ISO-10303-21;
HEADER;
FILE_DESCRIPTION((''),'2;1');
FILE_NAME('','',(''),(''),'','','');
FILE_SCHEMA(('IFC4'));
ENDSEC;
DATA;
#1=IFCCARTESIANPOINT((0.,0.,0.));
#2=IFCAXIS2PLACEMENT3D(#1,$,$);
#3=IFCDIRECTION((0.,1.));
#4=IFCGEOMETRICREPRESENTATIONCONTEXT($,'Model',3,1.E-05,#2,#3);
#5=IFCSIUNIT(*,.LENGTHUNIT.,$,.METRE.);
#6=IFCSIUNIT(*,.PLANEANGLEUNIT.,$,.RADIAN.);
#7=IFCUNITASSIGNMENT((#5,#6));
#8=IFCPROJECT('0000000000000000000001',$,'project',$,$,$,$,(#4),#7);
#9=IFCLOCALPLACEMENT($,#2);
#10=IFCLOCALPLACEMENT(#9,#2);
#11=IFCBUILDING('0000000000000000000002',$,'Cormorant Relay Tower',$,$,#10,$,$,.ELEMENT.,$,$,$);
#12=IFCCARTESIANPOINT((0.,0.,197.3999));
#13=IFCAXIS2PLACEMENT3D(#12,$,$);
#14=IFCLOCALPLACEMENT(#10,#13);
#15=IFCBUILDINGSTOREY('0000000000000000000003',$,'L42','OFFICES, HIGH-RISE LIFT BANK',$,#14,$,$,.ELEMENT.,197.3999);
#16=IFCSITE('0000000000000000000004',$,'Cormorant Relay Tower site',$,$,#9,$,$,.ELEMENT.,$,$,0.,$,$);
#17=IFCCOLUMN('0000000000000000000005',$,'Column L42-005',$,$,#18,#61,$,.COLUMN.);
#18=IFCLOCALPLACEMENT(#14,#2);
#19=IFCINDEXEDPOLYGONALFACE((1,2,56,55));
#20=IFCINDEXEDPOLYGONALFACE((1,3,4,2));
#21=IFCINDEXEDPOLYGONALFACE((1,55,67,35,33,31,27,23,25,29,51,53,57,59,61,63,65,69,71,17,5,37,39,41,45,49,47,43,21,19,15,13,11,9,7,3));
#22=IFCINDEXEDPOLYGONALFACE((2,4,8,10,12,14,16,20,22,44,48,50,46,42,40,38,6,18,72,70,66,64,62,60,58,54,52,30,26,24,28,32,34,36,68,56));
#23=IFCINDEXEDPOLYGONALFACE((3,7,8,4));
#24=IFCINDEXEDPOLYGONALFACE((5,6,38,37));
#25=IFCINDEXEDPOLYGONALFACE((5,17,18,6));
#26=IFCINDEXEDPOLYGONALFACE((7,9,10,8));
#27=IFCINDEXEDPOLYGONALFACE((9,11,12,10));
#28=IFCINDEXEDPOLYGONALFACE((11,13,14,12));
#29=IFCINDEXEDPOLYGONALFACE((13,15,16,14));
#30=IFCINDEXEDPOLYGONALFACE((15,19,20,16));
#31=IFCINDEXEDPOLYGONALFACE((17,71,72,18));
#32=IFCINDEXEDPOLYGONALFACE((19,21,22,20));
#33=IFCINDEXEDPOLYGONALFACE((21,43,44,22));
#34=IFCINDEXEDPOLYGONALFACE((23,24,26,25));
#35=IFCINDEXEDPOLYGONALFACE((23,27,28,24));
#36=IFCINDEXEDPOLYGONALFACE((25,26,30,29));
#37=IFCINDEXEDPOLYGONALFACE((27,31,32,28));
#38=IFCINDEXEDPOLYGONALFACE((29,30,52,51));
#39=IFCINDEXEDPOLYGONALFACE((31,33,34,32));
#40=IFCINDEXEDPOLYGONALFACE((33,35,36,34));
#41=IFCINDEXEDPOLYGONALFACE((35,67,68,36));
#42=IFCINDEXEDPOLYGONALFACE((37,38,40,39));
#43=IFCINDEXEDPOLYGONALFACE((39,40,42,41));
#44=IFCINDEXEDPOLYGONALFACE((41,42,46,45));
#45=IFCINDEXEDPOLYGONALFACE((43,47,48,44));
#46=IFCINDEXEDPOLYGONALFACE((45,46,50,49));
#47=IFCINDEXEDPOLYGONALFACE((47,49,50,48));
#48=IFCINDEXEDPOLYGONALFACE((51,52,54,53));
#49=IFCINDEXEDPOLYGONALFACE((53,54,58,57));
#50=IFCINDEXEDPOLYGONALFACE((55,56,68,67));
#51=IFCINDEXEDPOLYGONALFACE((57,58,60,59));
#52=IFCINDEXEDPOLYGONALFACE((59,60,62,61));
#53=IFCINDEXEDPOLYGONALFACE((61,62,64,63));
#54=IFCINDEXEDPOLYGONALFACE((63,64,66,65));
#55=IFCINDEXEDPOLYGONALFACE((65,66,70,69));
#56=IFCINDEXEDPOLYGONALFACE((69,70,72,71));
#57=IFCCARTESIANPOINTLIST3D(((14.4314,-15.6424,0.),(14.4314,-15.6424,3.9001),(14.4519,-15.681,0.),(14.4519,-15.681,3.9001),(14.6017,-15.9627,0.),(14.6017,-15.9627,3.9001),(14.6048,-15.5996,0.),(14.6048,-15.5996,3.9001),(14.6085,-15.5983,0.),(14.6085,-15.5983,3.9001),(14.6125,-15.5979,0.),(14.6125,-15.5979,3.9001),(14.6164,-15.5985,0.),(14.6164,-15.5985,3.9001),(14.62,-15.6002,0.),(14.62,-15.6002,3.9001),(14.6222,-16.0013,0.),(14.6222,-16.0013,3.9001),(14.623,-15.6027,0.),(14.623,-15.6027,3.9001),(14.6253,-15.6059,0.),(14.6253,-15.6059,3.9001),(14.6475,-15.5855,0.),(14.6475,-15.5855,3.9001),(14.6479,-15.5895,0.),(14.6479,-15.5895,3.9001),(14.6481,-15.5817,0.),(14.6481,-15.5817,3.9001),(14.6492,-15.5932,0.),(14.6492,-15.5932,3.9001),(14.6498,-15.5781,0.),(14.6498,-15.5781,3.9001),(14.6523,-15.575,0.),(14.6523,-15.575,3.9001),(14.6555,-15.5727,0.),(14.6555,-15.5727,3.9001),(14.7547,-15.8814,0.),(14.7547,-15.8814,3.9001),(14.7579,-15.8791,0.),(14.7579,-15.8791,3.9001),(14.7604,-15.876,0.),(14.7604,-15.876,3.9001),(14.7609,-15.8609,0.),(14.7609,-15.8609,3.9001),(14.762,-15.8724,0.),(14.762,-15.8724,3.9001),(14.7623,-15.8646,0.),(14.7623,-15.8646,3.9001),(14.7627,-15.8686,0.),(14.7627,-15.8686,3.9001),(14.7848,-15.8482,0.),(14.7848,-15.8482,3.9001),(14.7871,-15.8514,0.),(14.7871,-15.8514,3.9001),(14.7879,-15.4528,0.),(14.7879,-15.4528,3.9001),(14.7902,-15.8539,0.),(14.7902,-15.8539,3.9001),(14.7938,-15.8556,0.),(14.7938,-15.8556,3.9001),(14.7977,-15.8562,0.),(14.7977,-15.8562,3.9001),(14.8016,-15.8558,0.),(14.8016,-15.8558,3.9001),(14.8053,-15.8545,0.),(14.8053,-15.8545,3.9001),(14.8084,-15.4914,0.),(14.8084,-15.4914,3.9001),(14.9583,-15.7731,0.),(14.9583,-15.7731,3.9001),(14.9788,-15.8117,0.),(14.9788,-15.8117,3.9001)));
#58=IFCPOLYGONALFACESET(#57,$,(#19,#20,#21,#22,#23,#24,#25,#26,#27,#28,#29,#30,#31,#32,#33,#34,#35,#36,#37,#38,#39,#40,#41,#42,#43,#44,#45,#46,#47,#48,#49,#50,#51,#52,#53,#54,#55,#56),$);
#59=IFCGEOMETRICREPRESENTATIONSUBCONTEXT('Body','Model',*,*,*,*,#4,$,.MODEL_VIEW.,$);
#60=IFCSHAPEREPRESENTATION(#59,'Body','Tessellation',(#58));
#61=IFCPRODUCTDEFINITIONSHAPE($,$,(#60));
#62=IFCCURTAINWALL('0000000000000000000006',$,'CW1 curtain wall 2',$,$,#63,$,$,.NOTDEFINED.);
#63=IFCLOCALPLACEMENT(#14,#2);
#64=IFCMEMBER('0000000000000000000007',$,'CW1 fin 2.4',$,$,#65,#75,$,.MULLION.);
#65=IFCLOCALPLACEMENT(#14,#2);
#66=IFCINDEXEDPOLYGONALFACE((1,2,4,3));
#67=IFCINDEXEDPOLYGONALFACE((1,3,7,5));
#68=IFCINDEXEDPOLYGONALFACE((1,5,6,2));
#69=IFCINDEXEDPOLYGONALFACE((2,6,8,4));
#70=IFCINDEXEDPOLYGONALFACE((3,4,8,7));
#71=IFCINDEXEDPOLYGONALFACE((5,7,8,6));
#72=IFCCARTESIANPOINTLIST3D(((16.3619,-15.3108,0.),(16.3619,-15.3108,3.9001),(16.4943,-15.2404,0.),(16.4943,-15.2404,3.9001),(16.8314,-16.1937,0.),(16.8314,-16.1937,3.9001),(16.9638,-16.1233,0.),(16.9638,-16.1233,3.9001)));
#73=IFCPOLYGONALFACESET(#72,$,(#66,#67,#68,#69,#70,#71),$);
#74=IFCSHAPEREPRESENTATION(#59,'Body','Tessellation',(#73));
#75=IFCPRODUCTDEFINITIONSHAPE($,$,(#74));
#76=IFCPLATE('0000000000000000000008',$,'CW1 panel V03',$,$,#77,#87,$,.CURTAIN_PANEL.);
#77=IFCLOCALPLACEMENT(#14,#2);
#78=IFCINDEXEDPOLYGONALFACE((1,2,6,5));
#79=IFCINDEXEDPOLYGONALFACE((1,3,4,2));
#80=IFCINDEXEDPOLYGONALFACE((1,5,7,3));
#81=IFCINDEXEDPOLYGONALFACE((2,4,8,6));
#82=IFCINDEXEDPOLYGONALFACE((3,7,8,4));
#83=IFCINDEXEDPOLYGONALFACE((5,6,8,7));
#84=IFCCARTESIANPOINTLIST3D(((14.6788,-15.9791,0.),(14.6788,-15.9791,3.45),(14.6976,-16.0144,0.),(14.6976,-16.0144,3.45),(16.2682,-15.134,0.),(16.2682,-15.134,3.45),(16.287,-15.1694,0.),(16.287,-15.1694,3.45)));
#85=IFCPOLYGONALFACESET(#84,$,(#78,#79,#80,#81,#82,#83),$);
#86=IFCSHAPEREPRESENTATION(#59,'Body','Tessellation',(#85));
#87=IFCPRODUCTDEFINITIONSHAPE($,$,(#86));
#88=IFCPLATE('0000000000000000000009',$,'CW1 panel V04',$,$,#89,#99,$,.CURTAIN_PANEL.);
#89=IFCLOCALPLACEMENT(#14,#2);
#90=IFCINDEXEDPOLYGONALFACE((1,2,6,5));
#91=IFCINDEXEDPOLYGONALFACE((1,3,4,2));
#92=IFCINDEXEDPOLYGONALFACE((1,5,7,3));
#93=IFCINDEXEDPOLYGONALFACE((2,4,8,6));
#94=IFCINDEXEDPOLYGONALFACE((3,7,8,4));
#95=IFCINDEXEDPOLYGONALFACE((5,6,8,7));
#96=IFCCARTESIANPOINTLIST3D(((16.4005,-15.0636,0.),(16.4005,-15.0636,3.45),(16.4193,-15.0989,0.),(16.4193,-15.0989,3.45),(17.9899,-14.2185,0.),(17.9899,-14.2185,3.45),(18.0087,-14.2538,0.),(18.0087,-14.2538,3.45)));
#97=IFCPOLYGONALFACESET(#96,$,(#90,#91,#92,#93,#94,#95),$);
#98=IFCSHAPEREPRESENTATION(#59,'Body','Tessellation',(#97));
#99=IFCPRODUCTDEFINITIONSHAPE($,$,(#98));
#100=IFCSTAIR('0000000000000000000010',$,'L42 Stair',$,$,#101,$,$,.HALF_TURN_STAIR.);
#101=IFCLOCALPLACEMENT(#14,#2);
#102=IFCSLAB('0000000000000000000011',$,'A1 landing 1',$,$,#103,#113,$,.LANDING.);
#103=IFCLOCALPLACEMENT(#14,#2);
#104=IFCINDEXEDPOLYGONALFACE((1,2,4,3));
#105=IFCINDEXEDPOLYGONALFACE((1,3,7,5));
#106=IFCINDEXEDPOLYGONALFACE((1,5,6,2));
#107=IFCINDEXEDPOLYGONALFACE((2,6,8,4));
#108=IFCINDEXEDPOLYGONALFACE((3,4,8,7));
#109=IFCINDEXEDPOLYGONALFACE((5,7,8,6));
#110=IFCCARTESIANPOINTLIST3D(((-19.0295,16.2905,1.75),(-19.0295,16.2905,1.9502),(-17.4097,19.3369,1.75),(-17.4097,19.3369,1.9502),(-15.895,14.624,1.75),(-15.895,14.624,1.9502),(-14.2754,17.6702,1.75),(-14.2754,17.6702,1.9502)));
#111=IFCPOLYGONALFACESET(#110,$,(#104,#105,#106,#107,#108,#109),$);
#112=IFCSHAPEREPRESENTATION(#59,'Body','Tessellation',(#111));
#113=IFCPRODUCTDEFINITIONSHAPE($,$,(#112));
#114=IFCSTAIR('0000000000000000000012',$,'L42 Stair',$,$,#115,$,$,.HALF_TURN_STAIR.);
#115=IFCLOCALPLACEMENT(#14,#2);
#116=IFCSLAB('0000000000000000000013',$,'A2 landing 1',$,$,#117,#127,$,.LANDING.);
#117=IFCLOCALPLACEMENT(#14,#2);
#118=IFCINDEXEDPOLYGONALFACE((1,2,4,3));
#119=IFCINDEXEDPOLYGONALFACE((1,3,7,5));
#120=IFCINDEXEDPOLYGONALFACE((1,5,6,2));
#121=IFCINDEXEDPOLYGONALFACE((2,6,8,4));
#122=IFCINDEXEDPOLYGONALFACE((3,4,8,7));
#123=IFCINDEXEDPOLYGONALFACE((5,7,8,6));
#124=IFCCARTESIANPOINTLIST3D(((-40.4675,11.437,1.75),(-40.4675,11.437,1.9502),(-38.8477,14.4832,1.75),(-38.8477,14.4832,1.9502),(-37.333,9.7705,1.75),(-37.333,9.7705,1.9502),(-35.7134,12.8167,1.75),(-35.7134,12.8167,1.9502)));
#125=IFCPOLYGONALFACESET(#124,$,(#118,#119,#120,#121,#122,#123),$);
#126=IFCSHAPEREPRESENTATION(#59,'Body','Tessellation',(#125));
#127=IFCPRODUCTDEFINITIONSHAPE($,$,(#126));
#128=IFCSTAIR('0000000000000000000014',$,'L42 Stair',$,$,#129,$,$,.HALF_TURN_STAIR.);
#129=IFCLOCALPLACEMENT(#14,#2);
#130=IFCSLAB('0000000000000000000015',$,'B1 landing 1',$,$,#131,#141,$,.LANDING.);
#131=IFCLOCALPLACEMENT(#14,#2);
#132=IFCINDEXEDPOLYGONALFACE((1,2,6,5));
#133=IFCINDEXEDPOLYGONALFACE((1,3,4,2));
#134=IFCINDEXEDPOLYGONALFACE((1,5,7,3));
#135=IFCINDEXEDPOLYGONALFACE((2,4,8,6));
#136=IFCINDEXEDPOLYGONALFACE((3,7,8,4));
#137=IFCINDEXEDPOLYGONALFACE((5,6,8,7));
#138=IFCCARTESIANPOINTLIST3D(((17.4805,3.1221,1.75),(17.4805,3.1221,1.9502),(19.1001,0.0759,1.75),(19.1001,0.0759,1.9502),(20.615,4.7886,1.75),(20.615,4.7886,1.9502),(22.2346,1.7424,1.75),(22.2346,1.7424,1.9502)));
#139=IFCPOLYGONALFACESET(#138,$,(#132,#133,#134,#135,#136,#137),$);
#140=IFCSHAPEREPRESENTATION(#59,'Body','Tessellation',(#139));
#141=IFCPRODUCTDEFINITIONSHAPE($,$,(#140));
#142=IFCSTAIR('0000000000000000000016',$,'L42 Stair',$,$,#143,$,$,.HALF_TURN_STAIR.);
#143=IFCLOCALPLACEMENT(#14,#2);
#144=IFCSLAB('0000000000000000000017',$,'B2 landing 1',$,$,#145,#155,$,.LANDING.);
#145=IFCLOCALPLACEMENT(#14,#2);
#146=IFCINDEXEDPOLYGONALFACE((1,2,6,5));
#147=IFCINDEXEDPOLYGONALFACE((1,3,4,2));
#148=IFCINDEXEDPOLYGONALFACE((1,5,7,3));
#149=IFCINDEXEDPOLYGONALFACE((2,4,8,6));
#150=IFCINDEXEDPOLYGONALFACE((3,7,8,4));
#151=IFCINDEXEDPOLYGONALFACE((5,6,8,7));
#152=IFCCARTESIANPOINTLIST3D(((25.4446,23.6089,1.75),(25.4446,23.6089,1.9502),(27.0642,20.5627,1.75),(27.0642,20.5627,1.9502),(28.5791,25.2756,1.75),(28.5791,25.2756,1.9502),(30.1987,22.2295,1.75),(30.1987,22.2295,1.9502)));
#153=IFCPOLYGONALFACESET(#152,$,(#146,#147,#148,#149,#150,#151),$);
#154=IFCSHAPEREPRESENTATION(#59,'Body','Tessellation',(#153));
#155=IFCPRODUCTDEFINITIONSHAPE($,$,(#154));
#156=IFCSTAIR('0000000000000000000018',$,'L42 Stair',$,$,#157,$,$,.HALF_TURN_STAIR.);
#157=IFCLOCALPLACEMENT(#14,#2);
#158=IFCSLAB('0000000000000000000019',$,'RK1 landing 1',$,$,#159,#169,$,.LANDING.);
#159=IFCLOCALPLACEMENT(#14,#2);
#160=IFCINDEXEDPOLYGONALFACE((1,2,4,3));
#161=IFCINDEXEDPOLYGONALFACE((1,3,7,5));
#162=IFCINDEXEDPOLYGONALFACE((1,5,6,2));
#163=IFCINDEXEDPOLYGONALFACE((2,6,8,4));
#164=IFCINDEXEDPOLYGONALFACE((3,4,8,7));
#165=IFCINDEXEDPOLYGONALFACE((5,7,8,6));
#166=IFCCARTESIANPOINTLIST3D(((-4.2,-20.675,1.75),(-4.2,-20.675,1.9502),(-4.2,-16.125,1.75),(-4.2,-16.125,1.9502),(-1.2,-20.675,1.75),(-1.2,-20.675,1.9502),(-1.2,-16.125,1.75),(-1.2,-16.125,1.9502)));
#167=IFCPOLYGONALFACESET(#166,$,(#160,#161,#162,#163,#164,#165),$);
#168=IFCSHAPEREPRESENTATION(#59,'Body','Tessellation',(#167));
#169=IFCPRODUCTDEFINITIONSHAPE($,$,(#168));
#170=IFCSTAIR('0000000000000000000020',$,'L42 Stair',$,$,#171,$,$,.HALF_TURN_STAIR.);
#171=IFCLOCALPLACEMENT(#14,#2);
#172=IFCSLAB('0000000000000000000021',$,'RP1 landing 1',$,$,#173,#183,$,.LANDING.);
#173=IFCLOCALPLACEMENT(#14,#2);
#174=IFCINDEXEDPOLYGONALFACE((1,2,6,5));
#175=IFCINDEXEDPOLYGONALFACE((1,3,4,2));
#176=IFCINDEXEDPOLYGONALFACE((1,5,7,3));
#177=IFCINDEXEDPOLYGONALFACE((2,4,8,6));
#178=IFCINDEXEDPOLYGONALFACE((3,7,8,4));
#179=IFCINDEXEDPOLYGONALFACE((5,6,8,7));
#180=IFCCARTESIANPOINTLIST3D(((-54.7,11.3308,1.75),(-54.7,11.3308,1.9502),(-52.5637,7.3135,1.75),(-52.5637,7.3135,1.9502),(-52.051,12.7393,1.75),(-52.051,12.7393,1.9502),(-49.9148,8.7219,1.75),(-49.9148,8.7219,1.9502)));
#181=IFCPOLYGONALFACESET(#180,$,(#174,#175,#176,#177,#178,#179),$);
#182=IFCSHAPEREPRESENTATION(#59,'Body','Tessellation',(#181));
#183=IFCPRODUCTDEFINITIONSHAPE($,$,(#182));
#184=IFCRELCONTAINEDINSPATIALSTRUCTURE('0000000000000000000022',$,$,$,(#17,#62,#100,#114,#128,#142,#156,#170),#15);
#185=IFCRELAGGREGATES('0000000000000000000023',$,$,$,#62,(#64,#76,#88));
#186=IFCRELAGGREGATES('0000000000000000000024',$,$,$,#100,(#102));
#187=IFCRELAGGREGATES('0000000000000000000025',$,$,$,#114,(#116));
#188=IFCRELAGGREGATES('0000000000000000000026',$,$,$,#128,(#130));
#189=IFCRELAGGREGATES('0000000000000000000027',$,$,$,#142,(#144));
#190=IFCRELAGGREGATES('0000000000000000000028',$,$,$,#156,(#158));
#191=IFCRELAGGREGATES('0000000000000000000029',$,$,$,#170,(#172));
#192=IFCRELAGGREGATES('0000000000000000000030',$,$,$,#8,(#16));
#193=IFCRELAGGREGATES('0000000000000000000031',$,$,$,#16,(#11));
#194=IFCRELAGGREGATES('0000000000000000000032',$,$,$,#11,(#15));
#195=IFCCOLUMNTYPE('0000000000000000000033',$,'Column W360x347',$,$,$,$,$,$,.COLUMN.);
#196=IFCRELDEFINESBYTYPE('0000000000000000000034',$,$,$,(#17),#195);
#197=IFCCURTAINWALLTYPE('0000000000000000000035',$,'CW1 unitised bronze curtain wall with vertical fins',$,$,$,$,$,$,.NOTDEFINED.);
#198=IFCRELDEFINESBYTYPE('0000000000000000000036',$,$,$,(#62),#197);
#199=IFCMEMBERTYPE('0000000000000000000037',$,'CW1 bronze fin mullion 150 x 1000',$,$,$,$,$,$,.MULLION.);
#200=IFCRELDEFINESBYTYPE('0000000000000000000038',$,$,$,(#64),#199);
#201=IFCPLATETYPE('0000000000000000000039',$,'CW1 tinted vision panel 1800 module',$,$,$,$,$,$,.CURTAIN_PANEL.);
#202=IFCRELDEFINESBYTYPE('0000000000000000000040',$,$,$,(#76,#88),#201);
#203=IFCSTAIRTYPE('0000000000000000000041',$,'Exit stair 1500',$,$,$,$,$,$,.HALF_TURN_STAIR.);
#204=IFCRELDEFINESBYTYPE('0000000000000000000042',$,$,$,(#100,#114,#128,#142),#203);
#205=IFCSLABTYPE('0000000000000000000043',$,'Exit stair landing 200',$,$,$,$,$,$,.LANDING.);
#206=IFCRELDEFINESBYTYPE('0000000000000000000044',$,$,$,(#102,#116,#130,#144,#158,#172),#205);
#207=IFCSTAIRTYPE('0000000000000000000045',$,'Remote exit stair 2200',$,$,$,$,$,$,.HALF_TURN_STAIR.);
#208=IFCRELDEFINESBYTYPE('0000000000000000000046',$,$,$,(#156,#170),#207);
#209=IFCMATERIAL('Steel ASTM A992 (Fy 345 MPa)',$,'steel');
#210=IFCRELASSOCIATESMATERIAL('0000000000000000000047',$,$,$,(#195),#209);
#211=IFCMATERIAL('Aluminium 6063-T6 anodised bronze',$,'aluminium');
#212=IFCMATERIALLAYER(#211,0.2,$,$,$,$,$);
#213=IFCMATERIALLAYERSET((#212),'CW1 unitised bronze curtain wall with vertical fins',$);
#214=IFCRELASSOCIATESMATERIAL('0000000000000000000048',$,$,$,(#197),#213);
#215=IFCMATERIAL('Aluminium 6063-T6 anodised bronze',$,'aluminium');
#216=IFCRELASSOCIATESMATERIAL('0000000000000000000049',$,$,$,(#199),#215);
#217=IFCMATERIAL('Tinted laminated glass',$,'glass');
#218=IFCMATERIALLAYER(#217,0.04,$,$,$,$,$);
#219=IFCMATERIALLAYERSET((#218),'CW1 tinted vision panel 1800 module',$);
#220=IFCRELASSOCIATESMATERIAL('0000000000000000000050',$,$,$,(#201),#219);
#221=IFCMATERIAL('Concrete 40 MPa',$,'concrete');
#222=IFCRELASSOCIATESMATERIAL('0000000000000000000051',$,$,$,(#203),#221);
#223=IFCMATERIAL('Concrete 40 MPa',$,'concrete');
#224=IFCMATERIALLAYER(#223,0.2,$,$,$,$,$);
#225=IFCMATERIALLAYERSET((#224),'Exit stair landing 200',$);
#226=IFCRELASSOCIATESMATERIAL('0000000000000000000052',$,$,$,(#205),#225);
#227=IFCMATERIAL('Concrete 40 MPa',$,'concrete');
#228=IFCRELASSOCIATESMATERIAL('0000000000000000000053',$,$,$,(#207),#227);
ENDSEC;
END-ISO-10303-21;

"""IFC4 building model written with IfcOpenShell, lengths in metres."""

from ifc_helpers import new_model, si_unit, direction, frame, origin, origin_2d, place, context, subcontext, project, spatial, polyline, rectangle, i_section, outline, extrude, material, layer, layer_set, material_profile, profile_set, type_object, element, aggregate, save


model = new_model("IFC4")

# Units and contexts
model_context = context("Model", 3, precision=1e-05, world=origin(), true_north=direction((0.0, 1.0)))
body_context = subcontext(model_context, "Body", "Model", "MODEL_VIEW")
ifc_project = project(units=[si_unit("LENGTHUNIT", "METRE"), si_unit("PLANEANGLEUNIT", "RADIAN")], contexts=[model_context])

# Site, building, storey
site_placement = place(None, origin())
site = spatial("IfcSite", under=ifc_project, at=site_placement, Name="Cormorant Relay Tower site", CompositionType="ELEMENT", RefElevation=0.0)
building_placement = place(site_placement, origin())
building = spatial("IfcBuilding", under=site, at=building_placement, Name="Cormorant Relay Tower", CompositionType="ELEMENT")
storey_placement = place(building_placement, frame((0.0, 0.0, 197.3999)))
storey = spatial("IfcBuildingStorey", under=building, at=storey_placement, Name="L42", Description="OFFICES, HIGH-RISE LIFT BANK", CompositionType="ELEMENT", Elevation=197.3999)

# Column
ifc_material_1 = material(Name="Steel ASTM A992 (Fy 345 MPa)", Category="steel")
ifc_material_profile_1 = material_profile(ifc_material_1, i_section(OverallWidth=0.4038, OverallDepth=0.4065, WebThickness=0.0271, FlangeThickness=0.0437, FilletRadius=0.0151, at=origin_2d()), Name="W360x347")
ifc_profile_set_1 = profile_set([ifc_material_profile_1], Name="Steel ASTM A992 (Fy 345 MPa)")
column_type_1 = type_object("IfcColumnType", Name="Column W360x347", PredefinedType="COLUMN", material=ifc_profile_set_1)
column_placement = place(storey_placement, frame((14.7051, -15.7271, 0.0), z_axis=(0.0, 0.0, 1.0), x_axis=(0.882948, 0.469472, 0.0)))
element("IfcColumn", 1, at=column_placement, inside=storey, type_object=column_type_1, Name="Column L42-005", PredefinedType="COLUMN", context=body_context, shape_type="SweptSolid", body=[
    extrude(i_section(OverallWidth=0.4038, OverallDepth=0.4065, WebThickness=0.0271, FlangeThickness=0.0437, FilletRadius=0.0151, at=origin_2d()), origin(), (0.0, 0.0, 1.0), 3.9001),
])

# Curtain wall, member, plates
ifc_material_2 = material(Name="Aluminium 6063-T6 anodised bronze", Category="aluminium")
ifc_layer_1 = layer(ifc_material_2, 0.2)
ifc_layer_set_1 = layer_set([ifc_layer_1], Name="CW1 unitised bronze curtain wall with vertical fins")
curtain_wall_type = type_object("IfcCurtainWallType", Name="CW1 unitised bronze curtain wall with vertical fins", PredefinedType="NOTDEFINED", material=ifc_layer_set_1)
curtain_wall_placement = place(storey_placement, origin())
curtain_wall = element("IfcCurtainWall", 2, at=curtain_wall_placement, inside=storey, type_object=curtain_wall_type, Name="CW1 curtain wall 2", PredefinedType="NOTDEFINED")
ifc_material_3 = material(Name="Aluminium 6063-T6 anodised bronze", Category="aluminium")
ifc_material_profile_2 = material_profile(ifc_material_3, rectangle(XDim=0.1499, YDim=1.0, at=origin_2d()), Name="AL 150x1000")
ifc_profile_set_2 = profile_set([ifc_material_profile_2], Name="Aluminium 6063-T6 anodised bronze")
member_type = type_object("IfcMemberType", Name="CW1 bronze fin mullion 150 x 1000", PredefinedType="MULLION", material=ifc_profile_set_2)
member_placement = place(storey_placement, frame((16.6628, -15.717, 0.0), z_axis=(0.0, 0.0, 1.0), x_axis=(0.882948, 0.469472, 0.0)))
member = element("IfcMember", 3, at=member_placement, type_object=member_type, Name="CW1 fin 2.4", PredefinedType="MULLION", context=body_context, shape_type="SweptSolid", body=[
    extrude(rectangle(XDim=0.1499, YDim=1.0, at=origin_2d()), origin(), (0.0, 0.0, 1.0), 3.9001),
])
ifc_material_4 = material(Name="Tinted laminated glass", Category="glass")
ifc_layer_2 = layer(ifc_material_4, 0.04)
ifc_layer_set_2 = layer_set([ifc_layer_2], Name="CW1 tinted vision panel 1800 module")
plate_type = type_object("IfcPlateType", Name="CW1 tinted vision panel 1800 module", PredefinedType="CURTAIN_PANEL", material=ifc_layer_set_2)
plate_1_placement = place(storey_placement, frame((15.4829, -15.5742, 0.0), z_axis=(0.0, 0.0, 1.0), x_axis=(0.882948, 0.469472, 0.0)))
plate_1 = element("IfcPlate", 4, at=plate_1_placement, type_object=plate_type, Name="CW1 panel V03", PredefinedType="CURTAIN_PANEL", context=body_context, shape_type="SweptSolid", body=[
    extrude(rectangle(XDim=1.8, YDim=0.04, at=origin_2d()), origin(), (0.0, 0.0, 1.0), 3.45),
])
plate_2_placement = place(storey_placement, frame((17.2046, -14.6587, 0.0), z_axis=(0.0, 0.0, 1.0), x_axis=(0.882948, 0.469472, 0.0)))
plate_2 = element("IfcPlate", 5, at=plate_2_placement, type_object=plate_type, Name="CW1 panel V04", PredefinedType="CURTAIN_PANEL", context=body_context, shape_type="SweptSolid", body=[
    extrude(rectangle(XDim=1.8, YDim=0.04, at=origin_2d()), origin(), (0.0, 0.0, 1.0), 3.45),
])
aggregate(curtain_wall, [member, plate_1, plate_2])

# Stairs, slabs
ifc_material_5 = material(Name="Concrete 40 MPa", Category="concrete")
stair_type_1 = type_object("IfcStairType", Name="Exit stair 1500", PredefinedType="HALF_TURN_STAIR", material=ifc_material_5)
stair_1_placement = place(storey_placement, origin())
stair_1 = element("IfcStair", 6, at=stair_1_placement, inside=storey, type_object=stair_type_1, Name="L42 Stair", PredefinedType="HALF_TURN_STAIR")
ifc_material_6 = material(Name="Concrete 40 MPa", Category="concrete")
ifc_layer_3 = layer(ifc_material_6, 0.2)
ifc_layer_set_3 = layer_set([ifc_layer_3], Name="Exit stair landing 200")
slab_type_1 = type_object("IfcSlabType", Name="Exit stair landing 200", PredefinedType="LANDING", material=ifc_layer_set_3)
slab_1_placement = place(storey_placement, frame((0.0, 0.0, 1.75)))
slab_1 = element("IfcSlab", 7, at=slab_1_placement, type_object=slab_type_1, Name="A1 landing 1", PredefinedType="LANDING", context=body_context, shape_type="SweptSolid", body=[
    extrude(outline(polyline([(-19.0295, 16.2905), (-15.895, 14.624), (-14.2754, 17.6702), (-17.4097, 19.3369), (-19.0295, 16.2905)])), origin(), (0.0, 0.0, 1.0), 0.2002),
])
aggregate(stair_1, [slab_1])
stair_2_placement = place(storey_placement, origin())
stair_2 = element("IfcStair", 8, at=stair_2_placement, inside=storey, type_object=stair_type_1, Name="L42 Stair", PredefinedType="HALF_TURN_STAIR")
slab_2_placement = place(storey_placement, frame((0.0, 0.0, 1.75)))
slab_2 = element("IfcSlab", 9, at=slab_2_placement, type_object=slab_type_1, Name="A2 landing 1", PredefinedType="LANDING", context=body_context, shape_type="SweptSolid", body=[
    extrude(outline(polyline([(-35.7134, 12.8167), (-38.8477, 14.4832), (-40.4675, 11.437), (-37.333, 9.7705), (-35.7134, 12.8167)])), origin(), (0.0, 0.0, 1.0), 0.2002),
])
aggregate(stair_2, [slab_2])
stair_3_placement = place(storey_placement, origin())
stair_3 = element("IfcStair", 10, at=stair_3_placement, inside=storey, type_object=stair_type_1, Name="L42 Stair", PredefinedType="HALF_TURN_STAIR")
slab_3_placement = place(storey_placement, frame((0.0, 0.0, 1.75)))
slab_3 = element("IfcSlab", 11, at=slab_3_placement, type_object=slab_type_1, Name="B1 landing 1", PredefinedType="LANDING", context=body_context, shape_type="SweptSolid", body=[
    extrude(outline(polyline([(20.615, 4.7886), (17.4805, 3.1221), (19.1001, 0.0759), (22.2346, 1.7424), (20.615, 4.7886)])), origin(), (0.0, 0.0, 1.0), 0.2002),
])
aggregate(stair_3, [slab_3])
stair_4_placement = place(storey_placement, origin())
stair_4 = element("IfcStair", 12, at=stair_4_placement, inside=storey, type_object=stair_type_1, Name="L42 Stair", PredefinedType="HALF_TURN_STAIR")
slab_4_placement = place(storey_placement, frame((0.0, 0.0, 1.75)))
slab_4 = element("IfcSlab", 13, at=slab_4_placement, type_object=slab_type_1, Name="B2 landing 1", PredefinedType="LANDING", context=body_context, shape_type="SweptSolid", body=[
    extrude(outline(polyline([(27.0642, 20.5627), (30.1987, 22.2295), (28.5791, 25.2756), (25.4446, 23.6089), (27.0642, 20.5627)])), origin(), (0.0, 0.0, 1.0), 0.2002),
])
aggregate(stair_4, [slab_4])
ifc_material_7 = material(Name="Concrete 40 MPa", Category="concrete")
stair_type_2 = type_object("IfcStairType", Name="Remote exit stair 2200", PredefinedType="HALF_TURN_STAIR", material=ifc_material_7)
stair_5_placement = place(storey_placement, origin())
stair_5 = element("IfcStair", 14, at=stair_5_placement, inside=storey, type_object=stair_type_2, Name="L42 Stair", PredefinedType="HALF_TURN_STAIR")
slab_5_placement = place(storey_placement, frame((0.0, 0.0, 1.75)))
slab_5 = element("IfcSlab", 15, at=slab_5_placement, type_object=slab_type_1, Name="RK1 landing 1", PredefinedType="LANDING", context=body_context, shape_type="SweptSolid", body=[
    extrude(outline(polyline([(-1.2, -16.125), (-4.2, -16.125), (-4.2, -20.675), (-1.2, -20.675), (-1.2, -16.125)])), origin(), (0.0, 0.0, 1.0), 0.2002),
])
aggregate(stair_5, [slab_5])
stair_6_placement = place(storey_placement, origin())
stair_6 = element("IfcStair", 16, at=stair_6_placement, inside=storey, type_object=stair_type_2, Name="L42 Stair", PredefinedType="HALF_TURN_STAIR")
slab_6_placement = place(storey_placement, frame((0.0, 0.0, 1.75)))
slab_6 = element("IfcSlab", 17, at=slab_6_placement, type_object=slab_type_1, Name="RP1 landing 1", PredefinedType="LANDING", context=body_context, shape_type="SweptSolid", body=[
    extrude(outline(polyline([(-52.051, 12.7393), (-54.7, 11.3308), (-52.5637, 7.3135), (-49.9148, 8.7219), (-52.051, 12.7393)])), origin(), (0.0, 0.0, 1.0), 0.2002),
])
aggregate(stair_6, [slab_6])

save(model, "model.ifc")
